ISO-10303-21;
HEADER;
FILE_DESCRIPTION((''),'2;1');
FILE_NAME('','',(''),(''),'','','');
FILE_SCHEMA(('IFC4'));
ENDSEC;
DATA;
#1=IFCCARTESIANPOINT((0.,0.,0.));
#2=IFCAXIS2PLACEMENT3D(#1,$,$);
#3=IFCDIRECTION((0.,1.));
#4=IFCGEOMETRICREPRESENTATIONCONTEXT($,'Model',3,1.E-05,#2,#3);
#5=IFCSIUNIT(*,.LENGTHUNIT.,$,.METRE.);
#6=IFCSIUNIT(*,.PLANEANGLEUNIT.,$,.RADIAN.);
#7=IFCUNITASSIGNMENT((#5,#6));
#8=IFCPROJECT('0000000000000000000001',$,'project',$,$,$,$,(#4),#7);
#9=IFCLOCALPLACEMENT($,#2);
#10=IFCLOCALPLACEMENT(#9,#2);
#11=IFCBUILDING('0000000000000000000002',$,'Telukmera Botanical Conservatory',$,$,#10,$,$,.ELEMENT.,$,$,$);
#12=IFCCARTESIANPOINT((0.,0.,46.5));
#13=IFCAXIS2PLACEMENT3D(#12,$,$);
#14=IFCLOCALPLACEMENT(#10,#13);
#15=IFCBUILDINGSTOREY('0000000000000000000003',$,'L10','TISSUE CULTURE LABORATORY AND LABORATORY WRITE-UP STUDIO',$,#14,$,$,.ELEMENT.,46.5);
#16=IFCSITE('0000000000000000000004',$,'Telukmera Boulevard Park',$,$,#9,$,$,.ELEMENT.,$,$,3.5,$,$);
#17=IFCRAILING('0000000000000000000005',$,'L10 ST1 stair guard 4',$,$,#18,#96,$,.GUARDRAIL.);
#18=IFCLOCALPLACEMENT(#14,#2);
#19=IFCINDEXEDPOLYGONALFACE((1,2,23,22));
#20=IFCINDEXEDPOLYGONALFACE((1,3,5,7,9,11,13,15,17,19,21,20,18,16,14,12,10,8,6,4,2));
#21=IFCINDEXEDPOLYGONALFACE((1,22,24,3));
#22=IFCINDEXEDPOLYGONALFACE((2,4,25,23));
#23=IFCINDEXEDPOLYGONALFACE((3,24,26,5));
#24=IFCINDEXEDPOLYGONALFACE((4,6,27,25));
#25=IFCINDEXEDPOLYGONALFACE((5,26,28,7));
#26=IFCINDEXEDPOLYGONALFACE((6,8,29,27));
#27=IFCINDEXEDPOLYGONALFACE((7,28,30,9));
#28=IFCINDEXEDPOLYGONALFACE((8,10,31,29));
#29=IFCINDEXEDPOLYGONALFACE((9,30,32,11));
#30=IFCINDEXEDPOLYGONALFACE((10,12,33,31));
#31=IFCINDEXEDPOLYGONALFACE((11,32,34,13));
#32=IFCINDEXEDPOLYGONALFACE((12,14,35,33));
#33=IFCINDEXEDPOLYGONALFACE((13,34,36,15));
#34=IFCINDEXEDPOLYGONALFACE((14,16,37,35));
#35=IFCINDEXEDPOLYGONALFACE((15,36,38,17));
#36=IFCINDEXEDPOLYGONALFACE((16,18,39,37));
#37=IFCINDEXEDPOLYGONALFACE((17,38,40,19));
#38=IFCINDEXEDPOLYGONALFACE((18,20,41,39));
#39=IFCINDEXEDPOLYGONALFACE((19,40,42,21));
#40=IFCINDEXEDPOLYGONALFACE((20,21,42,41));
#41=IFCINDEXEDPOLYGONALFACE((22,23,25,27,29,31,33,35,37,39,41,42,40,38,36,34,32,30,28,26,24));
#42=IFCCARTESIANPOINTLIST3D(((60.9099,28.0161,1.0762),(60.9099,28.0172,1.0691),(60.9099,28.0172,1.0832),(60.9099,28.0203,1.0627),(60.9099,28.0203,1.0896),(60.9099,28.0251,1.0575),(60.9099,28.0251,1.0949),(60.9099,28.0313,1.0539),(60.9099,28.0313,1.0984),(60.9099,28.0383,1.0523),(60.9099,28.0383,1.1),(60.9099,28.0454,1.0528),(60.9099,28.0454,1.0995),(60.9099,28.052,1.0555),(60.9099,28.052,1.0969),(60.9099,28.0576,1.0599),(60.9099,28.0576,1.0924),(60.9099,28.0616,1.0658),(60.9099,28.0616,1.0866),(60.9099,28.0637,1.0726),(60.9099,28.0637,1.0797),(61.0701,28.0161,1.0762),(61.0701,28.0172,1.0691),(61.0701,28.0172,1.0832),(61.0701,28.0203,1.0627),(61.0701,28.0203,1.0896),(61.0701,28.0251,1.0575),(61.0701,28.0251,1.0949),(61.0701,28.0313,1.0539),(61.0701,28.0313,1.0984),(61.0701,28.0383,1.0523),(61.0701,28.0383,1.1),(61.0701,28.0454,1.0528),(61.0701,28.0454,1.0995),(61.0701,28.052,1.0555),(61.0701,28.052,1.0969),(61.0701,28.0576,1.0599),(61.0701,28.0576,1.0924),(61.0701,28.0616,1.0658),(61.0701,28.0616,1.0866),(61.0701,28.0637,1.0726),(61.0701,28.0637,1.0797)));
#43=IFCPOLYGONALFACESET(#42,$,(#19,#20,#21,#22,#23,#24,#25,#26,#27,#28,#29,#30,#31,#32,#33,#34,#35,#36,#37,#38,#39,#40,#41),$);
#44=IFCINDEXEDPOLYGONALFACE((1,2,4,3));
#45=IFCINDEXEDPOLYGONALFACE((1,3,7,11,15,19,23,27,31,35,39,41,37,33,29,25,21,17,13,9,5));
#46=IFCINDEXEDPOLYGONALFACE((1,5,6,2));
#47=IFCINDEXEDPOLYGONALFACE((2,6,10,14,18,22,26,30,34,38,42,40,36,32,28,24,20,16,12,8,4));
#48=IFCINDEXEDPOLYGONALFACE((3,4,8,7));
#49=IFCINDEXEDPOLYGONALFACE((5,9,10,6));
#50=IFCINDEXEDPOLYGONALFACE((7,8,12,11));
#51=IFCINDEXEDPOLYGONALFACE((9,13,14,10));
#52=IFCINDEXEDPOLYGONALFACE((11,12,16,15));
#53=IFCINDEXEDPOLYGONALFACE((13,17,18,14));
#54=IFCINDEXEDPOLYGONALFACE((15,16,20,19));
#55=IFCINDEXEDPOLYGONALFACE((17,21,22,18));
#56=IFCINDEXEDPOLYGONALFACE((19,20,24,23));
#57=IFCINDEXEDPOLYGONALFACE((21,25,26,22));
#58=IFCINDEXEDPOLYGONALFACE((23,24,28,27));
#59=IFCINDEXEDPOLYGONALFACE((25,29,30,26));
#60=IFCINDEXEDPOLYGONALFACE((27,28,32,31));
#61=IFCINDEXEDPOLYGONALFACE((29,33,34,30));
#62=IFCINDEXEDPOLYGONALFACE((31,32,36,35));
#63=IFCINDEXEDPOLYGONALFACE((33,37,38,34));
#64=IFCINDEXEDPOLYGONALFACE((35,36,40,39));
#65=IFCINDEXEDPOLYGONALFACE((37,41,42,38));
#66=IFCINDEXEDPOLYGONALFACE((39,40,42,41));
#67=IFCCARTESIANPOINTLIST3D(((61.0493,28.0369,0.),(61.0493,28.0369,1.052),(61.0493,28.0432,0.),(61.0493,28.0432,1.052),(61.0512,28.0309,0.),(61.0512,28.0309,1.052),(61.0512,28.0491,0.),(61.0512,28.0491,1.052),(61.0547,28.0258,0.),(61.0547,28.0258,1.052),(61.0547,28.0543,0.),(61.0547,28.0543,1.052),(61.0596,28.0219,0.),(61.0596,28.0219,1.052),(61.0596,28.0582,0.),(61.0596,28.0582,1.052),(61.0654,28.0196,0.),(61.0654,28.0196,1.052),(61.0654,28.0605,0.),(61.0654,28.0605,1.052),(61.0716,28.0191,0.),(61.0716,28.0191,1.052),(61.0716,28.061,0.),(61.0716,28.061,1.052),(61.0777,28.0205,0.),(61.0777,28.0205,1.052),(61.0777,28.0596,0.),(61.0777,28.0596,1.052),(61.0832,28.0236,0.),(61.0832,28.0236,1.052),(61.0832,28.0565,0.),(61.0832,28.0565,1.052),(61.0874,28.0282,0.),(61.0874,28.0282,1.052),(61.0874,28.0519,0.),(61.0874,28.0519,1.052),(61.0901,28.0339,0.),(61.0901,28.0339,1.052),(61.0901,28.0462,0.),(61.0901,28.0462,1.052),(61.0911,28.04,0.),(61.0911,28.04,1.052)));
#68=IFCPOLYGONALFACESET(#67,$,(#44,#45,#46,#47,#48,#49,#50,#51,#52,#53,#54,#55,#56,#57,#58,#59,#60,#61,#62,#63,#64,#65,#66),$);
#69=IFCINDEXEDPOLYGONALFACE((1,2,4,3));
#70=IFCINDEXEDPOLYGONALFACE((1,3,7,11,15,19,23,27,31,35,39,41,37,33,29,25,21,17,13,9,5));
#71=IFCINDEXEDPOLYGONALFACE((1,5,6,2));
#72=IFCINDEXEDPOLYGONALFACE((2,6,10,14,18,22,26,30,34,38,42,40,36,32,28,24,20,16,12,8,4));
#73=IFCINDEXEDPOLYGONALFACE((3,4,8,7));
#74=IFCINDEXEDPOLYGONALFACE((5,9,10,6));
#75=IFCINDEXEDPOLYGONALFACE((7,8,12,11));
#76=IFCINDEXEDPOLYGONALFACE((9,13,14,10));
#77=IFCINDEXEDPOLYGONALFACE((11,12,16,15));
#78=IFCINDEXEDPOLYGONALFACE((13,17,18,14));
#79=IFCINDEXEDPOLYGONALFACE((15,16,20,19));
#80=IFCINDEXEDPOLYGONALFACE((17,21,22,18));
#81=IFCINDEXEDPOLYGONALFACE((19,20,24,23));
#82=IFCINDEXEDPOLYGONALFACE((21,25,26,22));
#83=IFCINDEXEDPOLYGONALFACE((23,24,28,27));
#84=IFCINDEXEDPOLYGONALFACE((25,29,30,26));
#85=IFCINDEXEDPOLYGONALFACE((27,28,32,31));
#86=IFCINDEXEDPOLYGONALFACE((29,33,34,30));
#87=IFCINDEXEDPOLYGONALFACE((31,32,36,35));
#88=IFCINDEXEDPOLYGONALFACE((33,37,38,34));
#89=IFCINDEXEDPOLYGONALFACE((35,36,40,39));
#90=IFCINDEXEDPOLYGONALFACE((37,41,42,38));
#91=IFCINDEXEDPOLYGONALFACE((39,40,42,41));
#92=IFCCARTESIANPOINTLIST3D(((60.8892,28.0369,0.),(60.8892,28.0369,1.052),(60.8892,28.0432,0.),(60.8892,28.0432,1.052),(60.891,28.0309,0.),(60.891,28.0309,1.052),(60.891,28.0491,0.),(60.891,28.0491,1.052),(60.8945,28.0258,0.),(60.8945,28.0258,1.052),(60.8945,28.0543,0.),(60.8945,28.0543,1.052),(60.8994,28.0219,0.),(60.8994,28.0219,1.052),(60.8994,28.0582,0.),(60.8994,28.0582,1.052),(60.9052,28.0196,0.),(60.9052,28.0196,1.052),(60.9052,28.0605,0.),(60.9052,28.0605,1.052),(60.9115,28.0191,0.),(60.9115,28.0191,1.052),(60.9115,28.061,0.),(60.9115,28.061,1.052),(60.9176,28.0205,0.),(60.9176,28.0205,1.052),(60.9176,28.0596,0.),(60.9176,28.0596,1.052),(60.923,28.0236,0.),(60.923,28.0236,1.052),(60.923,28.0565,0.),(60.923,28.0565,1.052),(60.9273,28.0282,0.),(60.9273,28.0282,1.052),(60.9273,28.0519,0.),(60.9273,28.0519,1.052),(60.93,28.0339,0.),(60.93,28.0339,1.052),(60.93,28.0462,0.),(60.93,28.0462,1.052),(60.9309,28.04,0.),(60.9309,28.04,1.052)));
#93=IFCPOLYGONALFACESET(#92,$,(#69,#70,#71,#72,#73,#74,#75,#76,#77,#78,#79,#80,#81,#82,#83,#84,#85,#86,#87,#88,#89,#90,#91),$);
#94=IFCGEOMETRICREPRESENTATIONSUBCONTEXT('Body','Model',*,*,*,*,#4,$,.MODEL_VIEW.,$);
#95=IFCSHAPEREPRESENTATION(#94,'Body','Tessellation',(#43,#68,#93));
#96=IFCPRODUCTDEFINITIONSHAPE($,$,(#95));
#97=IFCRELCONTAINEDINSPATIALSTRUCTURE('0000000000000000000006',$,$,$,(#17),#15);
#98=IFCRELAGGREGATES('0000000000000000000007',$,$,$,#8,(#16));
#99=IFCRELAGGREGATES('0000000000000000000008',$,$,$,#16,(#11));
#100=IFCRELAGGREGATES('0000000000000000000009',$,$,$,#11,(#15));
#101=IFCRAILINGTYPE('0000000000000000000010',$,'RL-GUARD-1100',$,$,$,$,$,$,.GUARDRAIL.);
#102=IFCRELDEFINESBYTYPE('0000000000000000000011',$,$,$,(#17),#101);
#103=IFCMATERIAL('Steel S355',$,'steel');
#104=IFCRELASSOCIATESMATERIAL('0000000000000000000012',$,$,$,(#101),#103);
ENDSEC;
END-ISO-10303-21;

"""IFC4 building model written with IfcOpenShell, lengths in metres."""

from ifc_helpers import new_model, si_unit, direction, frame, origin, origin_2d, place, context, subcontext, project, spatial, circle, extrude, material, type_object, element, save


model = new_model("IFC4")

# Units and contexts
model_context = context("Model", 3, precision=1e-05, world=origin(), true_north=direction((0.0, 1.0)))
body_context = subcontext(model_context, "Body", "Model", "MODEL_VIEW")
ifc_project = project(units=[si_unit("LENGTHUNIT", "METRE"), si_unit("PLANEANGLEUNIT", "RADIAN")], contexts=[model_context])

# Site, building, storey
site_placement = place(None, origin())
site = spatial("IfcSite", under=ifc_project, at=site_placement, Name="Telukmera Boulevard Park", CompositionType="ELEMENT", RefElevation=3.5)
building_placement = place(site_placement, origin())
building = spatial("IfcBuilding", under=site, at=building_placement, Name="Telukmera Botanical Conservatory", CompositionType="ELEMENT")
storey_placement = place(building_placement, frame((0.0, 0.0, 46.5)))
storey = spatial("IfcBuildingStorey", under=building, at=storey_placement, Name="L10", Description="TISSUE CULTURE LABORATORY AND LABORATORY WRITE-UP STUDIO", CompositionType="ELEMENT", Elevation=46.5)

# Railing
ifc_material_1 = material(Name="Steel S355", Category="steel")
railing_type_1 = type_object("IfcRailingType", Name="RL-GUARD-1100", PredefinedType="GUARDRAIL", material=ifc_material_1)
railing_1_placement = place(storey_placement, frame((61.0701, 28.04, 0.0)))
element("IfcRailing", 1, at=railing_1_placement, inside=storey, type_object=railing_type_1, Name="L10 ST1 stair guard 4", PredefinedType="GUARDRAIL", context=body_context, shape_type="SweptSolid", body=[
    extrude(circle(Radius=0.0239, at=origin_2d()), frame((0.0, 0.0, 1.0762), z_axis=(-1.0, 0.0, 0.0), x_axis=(0.0, -1.0, 0.0)), (0.0, 0.0, 1.0), 0.1602),
    extrude(circle(Radius=0.021, at=origin_2d()), origin(), (0.0, 0.0, 1.0), 1.052),
    extrude(circle(Radius=0.021, at=origin_2d()), frame((-0.1602, 0.0, 0.0)), (0.0, 0.0, 1.0), 1.052),
])

save(model, "model.ifc")
